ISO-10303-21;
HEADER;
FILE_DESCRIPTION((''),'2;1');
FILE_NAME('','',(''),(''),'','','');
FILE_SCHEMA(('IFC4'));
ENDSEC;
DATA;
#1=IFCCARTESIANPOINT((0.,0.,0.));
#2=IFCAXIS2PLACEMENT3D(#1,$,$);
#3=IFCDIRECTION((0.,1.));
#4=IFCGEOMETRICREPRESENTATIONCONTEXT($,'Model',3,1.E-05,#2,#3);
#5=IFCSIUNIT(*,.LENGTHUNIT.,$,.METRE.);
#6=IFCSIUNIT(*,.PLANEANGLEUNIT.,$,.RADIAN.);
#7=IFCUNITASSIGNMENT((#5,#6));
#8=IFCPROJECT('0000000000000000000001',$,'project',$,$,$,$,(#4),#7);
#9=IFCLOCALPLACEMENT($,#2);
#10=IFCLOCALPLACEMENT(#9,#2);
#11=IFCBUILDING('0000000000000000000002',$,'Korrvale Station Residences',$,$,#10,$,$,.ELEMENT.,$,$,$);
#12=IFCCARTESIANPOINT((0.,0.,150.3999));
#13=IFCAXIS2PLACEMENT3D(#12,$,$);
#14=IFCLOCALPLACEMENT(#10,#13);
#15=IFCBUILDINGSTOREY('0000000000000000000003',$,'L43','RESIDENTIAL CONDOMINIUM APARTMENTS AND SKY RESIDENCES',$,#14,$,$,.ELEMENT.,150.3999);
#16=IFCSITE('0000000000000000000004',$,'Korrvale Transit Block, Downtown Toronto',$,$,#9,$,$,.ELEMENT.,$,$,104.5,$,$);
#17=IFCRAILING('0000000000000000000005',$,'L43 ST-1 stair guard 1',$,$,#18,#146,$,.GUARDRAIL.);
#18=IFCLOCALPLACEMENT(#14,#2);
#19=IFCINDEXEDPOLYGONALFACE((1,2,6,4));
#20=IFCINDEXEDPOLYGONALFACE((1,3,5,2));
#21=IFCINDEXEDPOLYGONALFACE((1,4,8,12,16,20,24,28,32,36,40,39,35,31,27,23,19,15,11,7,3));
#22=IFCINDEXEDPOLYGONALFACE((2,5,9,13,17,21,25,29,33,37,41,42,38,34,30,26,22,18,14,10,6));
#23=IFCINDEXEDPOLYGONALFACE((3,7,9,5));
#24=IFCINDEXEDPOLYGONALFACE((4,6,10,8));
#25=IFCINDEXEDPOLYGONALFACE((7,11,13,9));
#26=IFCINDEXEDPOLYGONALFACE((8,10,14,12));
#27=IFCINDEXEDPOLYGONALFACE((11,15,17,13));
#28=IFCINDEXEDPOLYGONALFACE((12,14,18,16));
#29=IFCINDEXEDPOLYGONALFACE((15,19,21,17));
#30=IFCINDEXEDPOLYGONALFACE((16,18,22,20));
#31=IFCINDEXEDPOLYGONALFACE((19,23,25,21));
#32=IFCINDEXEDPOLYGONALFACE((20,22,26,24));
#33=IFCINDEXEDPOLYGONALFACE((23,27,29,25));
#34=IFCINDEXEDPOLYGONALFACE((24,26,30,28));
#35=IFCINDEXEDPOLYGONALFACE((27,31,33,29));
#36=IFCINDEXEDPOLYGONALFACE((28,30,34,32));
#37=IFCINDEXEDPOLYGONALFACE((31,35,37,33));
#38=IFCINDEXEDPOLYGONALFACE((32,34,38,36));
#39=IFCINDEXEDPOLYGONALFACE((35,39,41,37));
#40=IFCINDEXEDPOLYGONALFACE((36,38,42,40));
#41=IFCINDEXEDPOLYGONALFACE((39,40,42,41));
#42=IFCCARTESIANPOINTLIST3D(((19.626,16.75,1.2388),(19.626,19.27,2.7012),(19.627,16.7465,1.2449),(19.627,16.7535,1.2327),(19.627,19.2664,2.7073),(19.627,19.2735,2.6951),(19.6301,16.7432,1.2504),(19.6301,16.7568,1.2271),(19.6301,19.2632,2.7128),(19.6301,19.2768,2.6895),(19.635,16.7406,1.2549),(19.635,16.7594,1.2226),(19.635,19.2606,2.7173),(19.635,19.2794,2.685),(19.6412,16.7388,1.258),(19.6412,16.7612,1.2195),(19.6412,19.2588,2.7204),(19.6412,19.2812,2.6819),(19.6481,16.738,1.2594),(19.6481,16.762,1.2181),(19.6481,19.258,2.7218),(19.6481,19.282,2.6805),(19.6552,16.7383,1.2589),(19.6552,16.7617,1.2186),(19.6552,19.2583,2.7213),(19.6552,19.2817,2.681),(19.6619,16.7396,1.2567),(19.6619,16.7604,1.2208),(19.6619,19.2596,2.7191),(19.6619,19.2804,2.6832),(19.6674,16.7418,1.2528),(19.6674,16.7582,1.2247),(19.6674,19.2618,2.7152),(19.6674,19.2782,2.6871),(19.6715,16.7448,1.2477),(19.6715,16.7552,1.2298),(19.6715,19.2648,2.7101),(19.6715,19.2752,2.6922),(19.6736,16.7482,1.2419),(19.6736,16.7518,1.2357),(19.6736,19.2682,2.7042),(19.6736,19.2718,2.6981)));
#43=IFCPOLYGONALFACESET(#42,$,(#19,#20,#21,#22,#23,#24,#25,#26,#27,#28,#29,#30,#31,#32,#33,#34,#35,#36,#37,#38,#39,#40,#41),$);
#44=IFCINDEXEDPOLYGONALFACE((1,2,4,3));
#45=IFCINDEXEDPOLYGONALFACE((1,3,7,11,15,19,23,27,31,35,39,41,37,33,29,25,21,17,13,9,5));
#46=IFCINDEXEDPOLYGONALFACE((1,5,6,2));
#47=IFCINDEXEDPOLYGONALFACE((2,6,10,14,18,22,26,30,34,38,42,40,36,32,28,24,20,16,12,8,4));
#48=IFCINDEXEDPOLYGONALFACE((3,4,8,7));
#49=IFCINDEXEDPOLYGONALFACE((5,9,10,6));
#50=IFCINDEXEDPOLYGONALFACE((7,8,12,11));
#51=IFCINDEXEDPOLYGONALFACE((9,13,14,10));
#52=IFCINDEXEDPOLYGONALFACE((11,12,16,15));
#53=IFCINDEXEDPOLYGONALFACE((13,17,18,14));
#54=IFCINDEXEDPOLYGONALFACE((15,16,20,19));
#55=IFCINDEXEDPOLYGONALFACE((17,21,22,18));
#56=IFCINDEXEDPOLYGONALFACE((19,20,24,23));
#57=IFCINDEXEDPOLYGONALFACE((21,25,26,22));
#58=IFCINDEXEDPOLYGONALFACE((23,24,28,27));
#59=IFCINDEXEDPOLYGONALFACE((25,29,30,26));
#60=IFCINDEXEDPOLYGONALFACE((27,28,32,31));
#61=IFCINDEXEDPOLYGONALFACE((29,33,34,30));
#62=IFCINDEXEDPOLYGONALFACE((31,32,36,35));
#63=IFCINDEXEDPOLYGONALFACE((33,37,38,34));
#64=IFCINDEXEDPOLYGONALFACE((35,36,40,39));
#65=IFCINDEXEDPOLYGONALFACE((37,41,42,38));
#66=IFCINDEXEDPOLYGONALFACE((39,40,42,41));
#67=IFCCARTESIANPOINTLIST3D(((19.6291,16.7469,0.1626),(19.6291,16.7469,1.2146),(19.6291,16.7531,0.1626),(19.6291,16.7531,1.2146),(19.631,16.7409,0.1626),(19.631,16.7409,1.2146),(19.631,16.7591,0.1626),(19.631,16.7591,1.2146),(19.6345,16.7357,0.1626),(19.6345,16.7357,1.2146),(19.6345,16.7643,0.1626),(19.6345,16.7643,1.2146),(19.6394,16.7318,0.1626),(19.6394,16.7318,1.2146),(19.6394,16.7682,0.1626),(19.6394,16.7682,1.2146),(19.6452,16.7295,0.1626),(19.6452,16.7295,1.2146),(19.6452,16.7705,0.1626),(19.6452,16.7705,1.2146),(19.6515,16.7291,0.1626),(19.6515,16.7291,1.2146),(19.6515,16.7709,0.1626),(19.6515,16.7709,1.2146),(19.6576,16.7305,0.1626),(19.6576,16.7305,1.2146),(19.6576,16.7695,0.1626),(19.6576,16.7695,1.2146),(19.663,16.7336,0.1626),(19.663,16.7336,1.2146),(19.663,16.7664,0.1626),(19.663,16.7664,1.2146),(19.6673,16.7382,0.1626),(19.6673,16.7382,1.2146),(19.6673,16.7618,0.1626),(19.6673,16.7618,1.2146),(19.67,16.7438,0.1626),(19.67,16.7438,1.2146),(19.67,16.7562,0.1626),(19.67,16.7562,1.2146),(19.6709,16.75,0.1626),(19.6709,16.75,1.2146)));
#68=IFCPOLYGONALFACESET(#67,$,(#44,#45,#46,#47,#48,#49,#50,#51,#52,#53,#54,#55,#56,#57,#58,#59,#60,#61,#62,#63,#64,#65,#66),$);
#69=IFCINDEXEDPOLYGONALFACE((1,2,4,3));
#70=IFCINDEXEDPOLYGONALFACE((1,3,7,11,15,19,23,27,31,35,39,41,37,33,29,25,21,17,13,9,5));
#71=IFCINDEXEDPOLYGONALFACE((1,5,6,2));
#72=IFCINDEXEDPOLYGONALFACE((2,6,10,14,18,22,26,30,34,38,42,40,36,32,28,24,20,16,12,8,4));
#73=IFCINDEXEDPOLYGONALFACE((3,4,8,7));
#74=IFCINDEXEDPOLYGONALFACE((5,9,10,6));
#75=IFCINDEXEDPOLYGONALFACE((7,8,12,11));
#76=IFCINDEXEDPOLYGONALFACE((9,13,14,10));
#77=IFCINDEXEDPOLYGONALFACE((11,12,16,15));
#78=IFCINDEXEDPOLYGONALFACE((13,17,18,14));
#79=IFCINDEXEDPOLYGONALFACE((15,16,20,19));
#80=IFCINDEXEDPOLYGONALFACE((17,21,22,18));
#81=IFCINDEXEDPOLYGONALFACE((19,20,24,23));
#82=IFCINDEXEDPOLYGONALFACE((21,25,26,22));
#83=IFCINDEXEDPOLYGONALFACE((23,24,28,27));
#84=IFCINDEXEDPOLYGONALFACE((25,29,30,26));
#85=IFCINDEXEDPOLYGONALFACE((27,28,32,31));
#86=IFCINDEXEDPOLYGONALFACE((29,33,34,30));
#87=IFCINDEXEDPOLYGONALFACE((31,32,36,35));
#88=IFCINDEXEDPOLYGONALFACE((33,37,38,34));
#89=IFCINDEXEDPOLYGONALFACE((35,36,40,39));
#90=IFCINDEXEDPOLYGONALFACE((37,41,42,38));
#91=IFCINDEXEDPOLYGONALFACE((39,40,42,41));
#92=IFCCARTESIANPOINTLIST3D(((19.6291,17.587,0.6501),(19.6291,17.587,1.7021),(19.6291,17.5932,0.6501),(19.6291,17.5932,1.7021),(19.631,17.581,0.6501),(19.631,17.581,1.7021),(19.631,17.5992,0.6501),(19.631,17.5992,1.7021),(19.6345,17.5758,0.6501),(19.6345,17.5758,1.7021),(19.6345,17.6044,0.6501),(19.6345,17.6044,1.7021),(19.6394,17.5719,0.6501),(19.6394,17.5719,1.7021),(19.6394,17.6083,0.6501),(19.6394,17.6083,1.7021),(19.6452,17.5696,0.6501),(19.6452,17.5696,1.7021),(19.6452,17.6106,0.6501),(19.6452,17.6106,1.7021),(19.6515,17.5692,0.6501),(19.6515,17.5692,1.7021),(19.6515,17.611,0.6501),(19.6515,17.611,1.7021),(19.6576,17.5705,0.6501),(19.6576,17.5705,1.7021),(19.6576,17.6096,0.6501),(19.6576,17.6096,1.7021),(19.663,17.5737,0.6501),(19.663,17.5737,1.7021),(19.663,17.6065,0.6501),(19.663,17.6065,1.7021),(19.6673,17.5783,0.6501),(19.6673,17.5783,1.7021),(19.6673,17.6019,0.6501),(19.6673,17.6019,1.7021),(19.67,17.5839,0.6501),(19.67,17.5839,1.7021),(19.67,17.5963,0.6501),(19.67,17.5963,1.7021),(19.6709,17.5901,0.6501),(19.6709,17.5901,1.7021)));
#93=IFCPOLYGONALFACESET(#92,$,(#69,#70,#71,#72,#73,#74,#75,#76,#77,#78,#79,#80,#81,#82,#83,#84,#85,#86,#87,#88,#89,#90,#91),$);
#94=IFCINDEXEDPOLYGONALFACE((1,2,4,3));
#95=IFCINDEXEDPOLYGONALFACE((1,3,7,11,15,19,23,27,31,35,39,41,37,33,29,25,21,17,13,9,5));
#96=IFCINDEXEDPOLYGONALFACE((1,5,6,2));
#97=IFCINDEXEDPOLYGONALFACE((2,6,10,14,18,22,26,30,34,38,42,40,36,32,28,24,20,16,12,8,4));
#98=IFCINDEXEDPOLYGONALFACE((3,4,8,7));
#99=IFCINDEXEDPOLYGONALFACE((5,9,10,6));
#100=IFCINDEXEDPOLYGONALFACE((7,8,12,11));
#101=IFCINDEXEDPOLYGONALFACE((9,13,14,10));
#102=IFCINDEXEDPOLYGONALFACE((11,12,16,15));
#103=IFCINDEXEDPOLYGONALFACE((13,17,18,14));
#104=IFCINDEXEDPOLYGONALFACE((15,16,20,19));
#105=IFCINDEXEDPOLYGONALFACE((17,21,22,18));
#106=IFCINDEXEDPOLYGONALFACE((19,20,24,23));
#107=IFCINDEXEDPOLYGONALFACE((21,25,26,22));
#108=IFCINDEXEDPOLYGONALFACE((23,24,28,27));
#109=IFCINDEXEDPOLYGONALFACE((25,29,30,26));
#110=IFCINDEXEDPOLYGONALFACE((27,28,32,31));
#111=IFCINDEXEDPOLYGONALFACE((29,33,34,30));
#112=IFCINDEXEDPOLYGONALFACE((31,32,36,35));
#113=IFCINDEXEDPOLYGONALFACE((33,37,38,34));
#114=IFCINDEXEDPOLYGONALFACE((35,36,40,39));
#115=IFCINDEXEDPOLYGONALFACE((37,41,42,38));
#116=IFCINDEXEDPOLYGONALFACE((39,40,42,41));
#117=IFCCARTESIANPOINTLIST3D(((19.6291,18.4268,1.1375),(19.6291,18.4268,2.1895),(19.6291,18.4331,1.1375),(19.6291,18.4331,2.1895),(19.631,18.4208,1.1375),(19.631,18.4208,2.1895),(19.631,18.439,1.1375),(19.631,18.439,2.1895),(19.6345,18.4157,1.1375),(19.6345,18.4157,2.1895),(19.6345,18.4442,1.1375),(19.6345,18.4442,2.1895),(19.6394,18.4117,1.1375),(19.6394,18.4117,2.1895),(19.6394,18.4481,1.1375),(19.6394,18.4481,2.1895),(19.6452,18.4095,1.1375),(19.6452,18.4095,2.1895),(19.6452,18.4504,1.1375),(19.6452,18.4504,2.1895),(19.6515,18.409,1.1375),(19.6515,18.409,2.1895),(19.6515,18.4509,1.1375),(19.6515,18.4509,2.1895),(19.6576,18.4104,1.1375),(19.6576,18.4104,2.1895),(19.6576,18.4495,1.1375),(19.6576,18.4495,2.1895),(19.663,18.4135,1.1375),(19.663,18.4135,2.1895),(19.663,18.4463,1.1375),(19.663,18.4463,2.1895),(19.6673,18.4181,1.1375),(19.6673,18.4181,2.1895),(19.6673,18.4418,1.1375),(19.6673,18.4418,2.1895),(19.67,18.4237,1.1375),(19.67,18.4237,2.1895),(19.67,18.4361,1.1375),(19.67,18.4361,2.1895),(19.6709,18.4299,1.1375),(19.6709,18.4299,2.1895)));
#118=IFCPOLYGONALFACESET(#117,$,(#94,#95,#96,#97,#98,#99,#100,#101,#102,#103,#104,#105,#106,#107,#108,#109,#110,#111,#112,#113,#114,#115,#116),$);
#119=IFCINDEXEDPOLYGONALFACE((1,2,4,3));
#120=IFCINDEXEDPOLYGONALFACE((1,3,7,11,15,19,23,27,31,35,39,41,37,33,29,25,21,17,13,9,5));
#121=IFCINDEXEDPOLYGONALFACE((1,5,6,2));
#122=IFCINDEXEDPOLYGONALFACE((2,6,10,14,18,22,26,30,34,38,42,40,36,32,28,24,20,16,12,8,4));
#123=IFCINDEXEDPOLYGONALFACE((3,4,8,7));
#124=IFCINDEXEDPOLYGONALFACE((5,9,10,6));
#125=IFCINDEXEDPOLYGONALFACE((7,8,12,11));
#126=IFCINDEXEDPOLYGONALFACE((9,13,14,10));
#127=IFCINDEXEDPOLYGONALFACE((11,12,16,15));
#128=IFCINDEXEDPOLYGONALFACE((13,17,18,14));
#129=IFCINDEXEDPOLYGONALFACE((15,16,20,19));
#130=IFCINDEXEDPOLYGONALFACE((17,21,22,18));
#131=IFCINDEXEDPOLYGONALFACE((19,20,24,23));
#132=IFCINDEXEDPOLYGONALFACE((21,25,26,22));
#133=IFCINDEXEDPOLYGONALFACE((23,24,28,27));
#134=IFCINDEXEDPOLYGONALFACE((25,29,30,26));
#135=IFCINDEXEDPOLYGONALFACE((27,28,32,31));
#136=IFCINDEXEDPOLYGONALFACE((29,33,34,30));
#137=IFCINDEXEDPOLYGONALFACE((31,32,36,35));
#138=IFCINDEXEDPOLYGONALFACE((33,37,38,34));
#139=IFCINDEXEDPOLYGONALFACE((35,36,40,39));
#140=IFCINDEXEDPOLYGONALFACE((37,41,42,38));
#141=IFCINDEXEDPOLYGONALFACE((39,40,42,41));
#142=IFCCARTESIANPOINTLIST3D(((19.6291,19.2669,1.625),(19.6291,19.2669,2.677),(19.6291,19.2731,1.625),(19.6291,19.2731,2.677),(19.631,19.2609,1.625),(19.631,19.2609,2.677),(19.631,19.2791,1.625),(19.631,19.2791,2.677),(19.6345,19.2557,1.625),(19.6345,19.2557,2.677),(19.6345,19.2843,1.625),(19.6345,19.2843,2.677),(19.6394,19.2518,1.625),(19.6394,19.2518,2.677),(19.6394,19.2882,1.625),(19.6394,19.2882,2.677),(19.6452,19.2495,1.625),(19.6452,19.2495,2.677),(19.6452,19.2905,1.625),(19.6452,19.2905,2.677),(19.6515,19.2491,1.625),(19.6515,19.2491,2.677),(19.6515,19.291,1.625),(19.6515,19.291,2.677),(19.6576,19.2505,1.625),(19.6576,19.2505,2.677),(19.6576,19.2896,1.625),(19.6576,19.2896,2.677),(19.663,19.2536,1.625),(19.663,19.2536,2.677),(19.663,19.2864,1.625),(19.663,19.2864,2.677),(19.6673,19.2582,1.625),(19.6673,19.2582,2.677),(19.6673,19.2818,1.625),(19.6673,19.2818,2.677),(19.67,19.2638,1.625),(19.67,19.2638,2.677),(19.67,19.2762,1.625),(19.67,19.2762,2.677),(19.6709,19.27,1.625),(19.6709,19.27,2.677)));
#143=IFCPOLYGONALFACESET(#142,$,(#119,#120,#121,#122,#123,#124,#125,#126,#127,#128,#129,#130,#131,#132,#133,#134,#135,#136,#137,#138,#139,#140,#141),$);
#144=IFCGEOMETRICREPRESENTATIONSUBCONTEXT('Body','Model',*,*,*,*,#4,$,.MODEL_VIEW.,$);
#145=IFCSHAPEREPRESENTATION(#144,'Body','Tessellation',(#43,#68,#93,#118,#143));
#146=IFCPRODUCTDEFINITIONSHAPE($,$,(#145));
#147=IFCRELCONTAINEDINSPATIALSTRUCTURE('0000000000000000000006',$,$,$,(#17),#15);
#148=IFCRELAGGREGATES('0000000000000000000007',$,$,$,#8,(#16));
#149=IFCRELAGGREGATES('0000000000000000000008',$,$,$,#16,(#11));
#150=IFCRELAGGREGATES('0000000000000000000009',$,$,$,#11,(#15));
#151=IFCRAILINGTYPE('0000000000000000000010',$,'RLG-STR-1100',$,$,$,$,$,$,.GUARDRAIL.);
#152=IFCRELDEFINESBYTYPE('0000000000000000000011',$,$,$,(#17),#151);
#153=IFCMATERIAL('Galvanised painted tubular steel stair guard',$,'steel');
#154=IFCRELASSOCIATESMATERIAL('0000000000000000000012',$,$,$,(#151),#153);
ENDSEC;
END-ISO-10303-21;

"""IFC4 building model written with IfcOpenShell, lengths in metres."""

from ifc_helpers import new_model, si_unit, direction, frame, origin, origin_2d, place, context, subcontext, project, spatial, circle, extrude, material, type_object, element, save


model = new_model("IFC4")

# Units and contexts
model_context = context("Model", 3, precision=1e-05, world=origin(), true_north=direction((0.0, 1.0)))
body_context = subcontext(model_context, "Body", "Model", "MODEL_VIEW")
ifc_project = project(units=[si_unit("LENGTHUNIT", "METRE"), si_unit("PLANEANGLEUNIT", "RADIAN")], contexts=[model_context])

# Site, building, storey
site_placement = place(None, origin())
site = spatial("IfcSite", under=ifc_project, at=site_placement, Name="Korrvale Transit Block, Downtown Toronto", CompositionType="ELEMENT", RefElevation=104.5)
building_placement = place(site_placement, origin())
building = spatial("IfcBuilding", under=site, at=building_placement, Name="Korrvale Station Residences", CompositionType="ELEMENT")
storey_placement = place(building_placement, frame((0.0, 0.0, 150.3999)))
storey = spatial("IfcBuildingStorey", under=building, at=storey_placement, Name="L43", Description="RESIDENTIAL CONDOMINIUM APARTMENTS AND SKY RESIDENCES", CompositionType="ELEMENT", Elevation=150.3999)

# Railing
ifc_material_1 = material(Name="Galvanised painted tubular steel stair guard", Category="steel")
railing_type_1 = type_object("IfcRailingType", Name="RLG-STR-1100", PredefinedType="GUARDRAIL", material=ifc_material_1)
railing_1_placement = place(storey_placement, frame((19.6499, 16.75, 0.1626)))
element("IfcRailing", 1, at=railing_1_placement, inside=storey, type_object=railing_type_1, Name="L43 ST-1 stair guard 1", PredefinedType="GUARDRAIL", context=body_context, shape_type="SweptSolid", body=[
    extrude(circle(Radius=0.0239, at=origin_2d()), frame((0.0, 0.0, 1.0762), z_axis=(0.0, 0.864913, 0.501921), x_axis=(-1.0, 0.0, 0.0)), (0.0, 0.0, 1.0), 2.9136),
    extrude(circle(Radius=0.021, at=origin_2d()), origin(), (0.0, 0.0, 1.0), 1.052),
    extrude(circle(Radius=0.021, at=origin_2d()), frame((0.0, 0.8401, 0.4875)), (0.0, 0.0, 1.0), 1.052),
    extrude(circle(Radius=0.021, at=origin_2d()), frame((0.0, 1.6799, 0.9749)), (0.0, 0.0, 1.0), 1.052),
    extrude(circle(Radius=0.021, at=origin_2d()), frame((0.0, 2.52, 1.4624)), (0.0, 0.0, 1.0), 1.052),
])

save(model, "model.ifc")
